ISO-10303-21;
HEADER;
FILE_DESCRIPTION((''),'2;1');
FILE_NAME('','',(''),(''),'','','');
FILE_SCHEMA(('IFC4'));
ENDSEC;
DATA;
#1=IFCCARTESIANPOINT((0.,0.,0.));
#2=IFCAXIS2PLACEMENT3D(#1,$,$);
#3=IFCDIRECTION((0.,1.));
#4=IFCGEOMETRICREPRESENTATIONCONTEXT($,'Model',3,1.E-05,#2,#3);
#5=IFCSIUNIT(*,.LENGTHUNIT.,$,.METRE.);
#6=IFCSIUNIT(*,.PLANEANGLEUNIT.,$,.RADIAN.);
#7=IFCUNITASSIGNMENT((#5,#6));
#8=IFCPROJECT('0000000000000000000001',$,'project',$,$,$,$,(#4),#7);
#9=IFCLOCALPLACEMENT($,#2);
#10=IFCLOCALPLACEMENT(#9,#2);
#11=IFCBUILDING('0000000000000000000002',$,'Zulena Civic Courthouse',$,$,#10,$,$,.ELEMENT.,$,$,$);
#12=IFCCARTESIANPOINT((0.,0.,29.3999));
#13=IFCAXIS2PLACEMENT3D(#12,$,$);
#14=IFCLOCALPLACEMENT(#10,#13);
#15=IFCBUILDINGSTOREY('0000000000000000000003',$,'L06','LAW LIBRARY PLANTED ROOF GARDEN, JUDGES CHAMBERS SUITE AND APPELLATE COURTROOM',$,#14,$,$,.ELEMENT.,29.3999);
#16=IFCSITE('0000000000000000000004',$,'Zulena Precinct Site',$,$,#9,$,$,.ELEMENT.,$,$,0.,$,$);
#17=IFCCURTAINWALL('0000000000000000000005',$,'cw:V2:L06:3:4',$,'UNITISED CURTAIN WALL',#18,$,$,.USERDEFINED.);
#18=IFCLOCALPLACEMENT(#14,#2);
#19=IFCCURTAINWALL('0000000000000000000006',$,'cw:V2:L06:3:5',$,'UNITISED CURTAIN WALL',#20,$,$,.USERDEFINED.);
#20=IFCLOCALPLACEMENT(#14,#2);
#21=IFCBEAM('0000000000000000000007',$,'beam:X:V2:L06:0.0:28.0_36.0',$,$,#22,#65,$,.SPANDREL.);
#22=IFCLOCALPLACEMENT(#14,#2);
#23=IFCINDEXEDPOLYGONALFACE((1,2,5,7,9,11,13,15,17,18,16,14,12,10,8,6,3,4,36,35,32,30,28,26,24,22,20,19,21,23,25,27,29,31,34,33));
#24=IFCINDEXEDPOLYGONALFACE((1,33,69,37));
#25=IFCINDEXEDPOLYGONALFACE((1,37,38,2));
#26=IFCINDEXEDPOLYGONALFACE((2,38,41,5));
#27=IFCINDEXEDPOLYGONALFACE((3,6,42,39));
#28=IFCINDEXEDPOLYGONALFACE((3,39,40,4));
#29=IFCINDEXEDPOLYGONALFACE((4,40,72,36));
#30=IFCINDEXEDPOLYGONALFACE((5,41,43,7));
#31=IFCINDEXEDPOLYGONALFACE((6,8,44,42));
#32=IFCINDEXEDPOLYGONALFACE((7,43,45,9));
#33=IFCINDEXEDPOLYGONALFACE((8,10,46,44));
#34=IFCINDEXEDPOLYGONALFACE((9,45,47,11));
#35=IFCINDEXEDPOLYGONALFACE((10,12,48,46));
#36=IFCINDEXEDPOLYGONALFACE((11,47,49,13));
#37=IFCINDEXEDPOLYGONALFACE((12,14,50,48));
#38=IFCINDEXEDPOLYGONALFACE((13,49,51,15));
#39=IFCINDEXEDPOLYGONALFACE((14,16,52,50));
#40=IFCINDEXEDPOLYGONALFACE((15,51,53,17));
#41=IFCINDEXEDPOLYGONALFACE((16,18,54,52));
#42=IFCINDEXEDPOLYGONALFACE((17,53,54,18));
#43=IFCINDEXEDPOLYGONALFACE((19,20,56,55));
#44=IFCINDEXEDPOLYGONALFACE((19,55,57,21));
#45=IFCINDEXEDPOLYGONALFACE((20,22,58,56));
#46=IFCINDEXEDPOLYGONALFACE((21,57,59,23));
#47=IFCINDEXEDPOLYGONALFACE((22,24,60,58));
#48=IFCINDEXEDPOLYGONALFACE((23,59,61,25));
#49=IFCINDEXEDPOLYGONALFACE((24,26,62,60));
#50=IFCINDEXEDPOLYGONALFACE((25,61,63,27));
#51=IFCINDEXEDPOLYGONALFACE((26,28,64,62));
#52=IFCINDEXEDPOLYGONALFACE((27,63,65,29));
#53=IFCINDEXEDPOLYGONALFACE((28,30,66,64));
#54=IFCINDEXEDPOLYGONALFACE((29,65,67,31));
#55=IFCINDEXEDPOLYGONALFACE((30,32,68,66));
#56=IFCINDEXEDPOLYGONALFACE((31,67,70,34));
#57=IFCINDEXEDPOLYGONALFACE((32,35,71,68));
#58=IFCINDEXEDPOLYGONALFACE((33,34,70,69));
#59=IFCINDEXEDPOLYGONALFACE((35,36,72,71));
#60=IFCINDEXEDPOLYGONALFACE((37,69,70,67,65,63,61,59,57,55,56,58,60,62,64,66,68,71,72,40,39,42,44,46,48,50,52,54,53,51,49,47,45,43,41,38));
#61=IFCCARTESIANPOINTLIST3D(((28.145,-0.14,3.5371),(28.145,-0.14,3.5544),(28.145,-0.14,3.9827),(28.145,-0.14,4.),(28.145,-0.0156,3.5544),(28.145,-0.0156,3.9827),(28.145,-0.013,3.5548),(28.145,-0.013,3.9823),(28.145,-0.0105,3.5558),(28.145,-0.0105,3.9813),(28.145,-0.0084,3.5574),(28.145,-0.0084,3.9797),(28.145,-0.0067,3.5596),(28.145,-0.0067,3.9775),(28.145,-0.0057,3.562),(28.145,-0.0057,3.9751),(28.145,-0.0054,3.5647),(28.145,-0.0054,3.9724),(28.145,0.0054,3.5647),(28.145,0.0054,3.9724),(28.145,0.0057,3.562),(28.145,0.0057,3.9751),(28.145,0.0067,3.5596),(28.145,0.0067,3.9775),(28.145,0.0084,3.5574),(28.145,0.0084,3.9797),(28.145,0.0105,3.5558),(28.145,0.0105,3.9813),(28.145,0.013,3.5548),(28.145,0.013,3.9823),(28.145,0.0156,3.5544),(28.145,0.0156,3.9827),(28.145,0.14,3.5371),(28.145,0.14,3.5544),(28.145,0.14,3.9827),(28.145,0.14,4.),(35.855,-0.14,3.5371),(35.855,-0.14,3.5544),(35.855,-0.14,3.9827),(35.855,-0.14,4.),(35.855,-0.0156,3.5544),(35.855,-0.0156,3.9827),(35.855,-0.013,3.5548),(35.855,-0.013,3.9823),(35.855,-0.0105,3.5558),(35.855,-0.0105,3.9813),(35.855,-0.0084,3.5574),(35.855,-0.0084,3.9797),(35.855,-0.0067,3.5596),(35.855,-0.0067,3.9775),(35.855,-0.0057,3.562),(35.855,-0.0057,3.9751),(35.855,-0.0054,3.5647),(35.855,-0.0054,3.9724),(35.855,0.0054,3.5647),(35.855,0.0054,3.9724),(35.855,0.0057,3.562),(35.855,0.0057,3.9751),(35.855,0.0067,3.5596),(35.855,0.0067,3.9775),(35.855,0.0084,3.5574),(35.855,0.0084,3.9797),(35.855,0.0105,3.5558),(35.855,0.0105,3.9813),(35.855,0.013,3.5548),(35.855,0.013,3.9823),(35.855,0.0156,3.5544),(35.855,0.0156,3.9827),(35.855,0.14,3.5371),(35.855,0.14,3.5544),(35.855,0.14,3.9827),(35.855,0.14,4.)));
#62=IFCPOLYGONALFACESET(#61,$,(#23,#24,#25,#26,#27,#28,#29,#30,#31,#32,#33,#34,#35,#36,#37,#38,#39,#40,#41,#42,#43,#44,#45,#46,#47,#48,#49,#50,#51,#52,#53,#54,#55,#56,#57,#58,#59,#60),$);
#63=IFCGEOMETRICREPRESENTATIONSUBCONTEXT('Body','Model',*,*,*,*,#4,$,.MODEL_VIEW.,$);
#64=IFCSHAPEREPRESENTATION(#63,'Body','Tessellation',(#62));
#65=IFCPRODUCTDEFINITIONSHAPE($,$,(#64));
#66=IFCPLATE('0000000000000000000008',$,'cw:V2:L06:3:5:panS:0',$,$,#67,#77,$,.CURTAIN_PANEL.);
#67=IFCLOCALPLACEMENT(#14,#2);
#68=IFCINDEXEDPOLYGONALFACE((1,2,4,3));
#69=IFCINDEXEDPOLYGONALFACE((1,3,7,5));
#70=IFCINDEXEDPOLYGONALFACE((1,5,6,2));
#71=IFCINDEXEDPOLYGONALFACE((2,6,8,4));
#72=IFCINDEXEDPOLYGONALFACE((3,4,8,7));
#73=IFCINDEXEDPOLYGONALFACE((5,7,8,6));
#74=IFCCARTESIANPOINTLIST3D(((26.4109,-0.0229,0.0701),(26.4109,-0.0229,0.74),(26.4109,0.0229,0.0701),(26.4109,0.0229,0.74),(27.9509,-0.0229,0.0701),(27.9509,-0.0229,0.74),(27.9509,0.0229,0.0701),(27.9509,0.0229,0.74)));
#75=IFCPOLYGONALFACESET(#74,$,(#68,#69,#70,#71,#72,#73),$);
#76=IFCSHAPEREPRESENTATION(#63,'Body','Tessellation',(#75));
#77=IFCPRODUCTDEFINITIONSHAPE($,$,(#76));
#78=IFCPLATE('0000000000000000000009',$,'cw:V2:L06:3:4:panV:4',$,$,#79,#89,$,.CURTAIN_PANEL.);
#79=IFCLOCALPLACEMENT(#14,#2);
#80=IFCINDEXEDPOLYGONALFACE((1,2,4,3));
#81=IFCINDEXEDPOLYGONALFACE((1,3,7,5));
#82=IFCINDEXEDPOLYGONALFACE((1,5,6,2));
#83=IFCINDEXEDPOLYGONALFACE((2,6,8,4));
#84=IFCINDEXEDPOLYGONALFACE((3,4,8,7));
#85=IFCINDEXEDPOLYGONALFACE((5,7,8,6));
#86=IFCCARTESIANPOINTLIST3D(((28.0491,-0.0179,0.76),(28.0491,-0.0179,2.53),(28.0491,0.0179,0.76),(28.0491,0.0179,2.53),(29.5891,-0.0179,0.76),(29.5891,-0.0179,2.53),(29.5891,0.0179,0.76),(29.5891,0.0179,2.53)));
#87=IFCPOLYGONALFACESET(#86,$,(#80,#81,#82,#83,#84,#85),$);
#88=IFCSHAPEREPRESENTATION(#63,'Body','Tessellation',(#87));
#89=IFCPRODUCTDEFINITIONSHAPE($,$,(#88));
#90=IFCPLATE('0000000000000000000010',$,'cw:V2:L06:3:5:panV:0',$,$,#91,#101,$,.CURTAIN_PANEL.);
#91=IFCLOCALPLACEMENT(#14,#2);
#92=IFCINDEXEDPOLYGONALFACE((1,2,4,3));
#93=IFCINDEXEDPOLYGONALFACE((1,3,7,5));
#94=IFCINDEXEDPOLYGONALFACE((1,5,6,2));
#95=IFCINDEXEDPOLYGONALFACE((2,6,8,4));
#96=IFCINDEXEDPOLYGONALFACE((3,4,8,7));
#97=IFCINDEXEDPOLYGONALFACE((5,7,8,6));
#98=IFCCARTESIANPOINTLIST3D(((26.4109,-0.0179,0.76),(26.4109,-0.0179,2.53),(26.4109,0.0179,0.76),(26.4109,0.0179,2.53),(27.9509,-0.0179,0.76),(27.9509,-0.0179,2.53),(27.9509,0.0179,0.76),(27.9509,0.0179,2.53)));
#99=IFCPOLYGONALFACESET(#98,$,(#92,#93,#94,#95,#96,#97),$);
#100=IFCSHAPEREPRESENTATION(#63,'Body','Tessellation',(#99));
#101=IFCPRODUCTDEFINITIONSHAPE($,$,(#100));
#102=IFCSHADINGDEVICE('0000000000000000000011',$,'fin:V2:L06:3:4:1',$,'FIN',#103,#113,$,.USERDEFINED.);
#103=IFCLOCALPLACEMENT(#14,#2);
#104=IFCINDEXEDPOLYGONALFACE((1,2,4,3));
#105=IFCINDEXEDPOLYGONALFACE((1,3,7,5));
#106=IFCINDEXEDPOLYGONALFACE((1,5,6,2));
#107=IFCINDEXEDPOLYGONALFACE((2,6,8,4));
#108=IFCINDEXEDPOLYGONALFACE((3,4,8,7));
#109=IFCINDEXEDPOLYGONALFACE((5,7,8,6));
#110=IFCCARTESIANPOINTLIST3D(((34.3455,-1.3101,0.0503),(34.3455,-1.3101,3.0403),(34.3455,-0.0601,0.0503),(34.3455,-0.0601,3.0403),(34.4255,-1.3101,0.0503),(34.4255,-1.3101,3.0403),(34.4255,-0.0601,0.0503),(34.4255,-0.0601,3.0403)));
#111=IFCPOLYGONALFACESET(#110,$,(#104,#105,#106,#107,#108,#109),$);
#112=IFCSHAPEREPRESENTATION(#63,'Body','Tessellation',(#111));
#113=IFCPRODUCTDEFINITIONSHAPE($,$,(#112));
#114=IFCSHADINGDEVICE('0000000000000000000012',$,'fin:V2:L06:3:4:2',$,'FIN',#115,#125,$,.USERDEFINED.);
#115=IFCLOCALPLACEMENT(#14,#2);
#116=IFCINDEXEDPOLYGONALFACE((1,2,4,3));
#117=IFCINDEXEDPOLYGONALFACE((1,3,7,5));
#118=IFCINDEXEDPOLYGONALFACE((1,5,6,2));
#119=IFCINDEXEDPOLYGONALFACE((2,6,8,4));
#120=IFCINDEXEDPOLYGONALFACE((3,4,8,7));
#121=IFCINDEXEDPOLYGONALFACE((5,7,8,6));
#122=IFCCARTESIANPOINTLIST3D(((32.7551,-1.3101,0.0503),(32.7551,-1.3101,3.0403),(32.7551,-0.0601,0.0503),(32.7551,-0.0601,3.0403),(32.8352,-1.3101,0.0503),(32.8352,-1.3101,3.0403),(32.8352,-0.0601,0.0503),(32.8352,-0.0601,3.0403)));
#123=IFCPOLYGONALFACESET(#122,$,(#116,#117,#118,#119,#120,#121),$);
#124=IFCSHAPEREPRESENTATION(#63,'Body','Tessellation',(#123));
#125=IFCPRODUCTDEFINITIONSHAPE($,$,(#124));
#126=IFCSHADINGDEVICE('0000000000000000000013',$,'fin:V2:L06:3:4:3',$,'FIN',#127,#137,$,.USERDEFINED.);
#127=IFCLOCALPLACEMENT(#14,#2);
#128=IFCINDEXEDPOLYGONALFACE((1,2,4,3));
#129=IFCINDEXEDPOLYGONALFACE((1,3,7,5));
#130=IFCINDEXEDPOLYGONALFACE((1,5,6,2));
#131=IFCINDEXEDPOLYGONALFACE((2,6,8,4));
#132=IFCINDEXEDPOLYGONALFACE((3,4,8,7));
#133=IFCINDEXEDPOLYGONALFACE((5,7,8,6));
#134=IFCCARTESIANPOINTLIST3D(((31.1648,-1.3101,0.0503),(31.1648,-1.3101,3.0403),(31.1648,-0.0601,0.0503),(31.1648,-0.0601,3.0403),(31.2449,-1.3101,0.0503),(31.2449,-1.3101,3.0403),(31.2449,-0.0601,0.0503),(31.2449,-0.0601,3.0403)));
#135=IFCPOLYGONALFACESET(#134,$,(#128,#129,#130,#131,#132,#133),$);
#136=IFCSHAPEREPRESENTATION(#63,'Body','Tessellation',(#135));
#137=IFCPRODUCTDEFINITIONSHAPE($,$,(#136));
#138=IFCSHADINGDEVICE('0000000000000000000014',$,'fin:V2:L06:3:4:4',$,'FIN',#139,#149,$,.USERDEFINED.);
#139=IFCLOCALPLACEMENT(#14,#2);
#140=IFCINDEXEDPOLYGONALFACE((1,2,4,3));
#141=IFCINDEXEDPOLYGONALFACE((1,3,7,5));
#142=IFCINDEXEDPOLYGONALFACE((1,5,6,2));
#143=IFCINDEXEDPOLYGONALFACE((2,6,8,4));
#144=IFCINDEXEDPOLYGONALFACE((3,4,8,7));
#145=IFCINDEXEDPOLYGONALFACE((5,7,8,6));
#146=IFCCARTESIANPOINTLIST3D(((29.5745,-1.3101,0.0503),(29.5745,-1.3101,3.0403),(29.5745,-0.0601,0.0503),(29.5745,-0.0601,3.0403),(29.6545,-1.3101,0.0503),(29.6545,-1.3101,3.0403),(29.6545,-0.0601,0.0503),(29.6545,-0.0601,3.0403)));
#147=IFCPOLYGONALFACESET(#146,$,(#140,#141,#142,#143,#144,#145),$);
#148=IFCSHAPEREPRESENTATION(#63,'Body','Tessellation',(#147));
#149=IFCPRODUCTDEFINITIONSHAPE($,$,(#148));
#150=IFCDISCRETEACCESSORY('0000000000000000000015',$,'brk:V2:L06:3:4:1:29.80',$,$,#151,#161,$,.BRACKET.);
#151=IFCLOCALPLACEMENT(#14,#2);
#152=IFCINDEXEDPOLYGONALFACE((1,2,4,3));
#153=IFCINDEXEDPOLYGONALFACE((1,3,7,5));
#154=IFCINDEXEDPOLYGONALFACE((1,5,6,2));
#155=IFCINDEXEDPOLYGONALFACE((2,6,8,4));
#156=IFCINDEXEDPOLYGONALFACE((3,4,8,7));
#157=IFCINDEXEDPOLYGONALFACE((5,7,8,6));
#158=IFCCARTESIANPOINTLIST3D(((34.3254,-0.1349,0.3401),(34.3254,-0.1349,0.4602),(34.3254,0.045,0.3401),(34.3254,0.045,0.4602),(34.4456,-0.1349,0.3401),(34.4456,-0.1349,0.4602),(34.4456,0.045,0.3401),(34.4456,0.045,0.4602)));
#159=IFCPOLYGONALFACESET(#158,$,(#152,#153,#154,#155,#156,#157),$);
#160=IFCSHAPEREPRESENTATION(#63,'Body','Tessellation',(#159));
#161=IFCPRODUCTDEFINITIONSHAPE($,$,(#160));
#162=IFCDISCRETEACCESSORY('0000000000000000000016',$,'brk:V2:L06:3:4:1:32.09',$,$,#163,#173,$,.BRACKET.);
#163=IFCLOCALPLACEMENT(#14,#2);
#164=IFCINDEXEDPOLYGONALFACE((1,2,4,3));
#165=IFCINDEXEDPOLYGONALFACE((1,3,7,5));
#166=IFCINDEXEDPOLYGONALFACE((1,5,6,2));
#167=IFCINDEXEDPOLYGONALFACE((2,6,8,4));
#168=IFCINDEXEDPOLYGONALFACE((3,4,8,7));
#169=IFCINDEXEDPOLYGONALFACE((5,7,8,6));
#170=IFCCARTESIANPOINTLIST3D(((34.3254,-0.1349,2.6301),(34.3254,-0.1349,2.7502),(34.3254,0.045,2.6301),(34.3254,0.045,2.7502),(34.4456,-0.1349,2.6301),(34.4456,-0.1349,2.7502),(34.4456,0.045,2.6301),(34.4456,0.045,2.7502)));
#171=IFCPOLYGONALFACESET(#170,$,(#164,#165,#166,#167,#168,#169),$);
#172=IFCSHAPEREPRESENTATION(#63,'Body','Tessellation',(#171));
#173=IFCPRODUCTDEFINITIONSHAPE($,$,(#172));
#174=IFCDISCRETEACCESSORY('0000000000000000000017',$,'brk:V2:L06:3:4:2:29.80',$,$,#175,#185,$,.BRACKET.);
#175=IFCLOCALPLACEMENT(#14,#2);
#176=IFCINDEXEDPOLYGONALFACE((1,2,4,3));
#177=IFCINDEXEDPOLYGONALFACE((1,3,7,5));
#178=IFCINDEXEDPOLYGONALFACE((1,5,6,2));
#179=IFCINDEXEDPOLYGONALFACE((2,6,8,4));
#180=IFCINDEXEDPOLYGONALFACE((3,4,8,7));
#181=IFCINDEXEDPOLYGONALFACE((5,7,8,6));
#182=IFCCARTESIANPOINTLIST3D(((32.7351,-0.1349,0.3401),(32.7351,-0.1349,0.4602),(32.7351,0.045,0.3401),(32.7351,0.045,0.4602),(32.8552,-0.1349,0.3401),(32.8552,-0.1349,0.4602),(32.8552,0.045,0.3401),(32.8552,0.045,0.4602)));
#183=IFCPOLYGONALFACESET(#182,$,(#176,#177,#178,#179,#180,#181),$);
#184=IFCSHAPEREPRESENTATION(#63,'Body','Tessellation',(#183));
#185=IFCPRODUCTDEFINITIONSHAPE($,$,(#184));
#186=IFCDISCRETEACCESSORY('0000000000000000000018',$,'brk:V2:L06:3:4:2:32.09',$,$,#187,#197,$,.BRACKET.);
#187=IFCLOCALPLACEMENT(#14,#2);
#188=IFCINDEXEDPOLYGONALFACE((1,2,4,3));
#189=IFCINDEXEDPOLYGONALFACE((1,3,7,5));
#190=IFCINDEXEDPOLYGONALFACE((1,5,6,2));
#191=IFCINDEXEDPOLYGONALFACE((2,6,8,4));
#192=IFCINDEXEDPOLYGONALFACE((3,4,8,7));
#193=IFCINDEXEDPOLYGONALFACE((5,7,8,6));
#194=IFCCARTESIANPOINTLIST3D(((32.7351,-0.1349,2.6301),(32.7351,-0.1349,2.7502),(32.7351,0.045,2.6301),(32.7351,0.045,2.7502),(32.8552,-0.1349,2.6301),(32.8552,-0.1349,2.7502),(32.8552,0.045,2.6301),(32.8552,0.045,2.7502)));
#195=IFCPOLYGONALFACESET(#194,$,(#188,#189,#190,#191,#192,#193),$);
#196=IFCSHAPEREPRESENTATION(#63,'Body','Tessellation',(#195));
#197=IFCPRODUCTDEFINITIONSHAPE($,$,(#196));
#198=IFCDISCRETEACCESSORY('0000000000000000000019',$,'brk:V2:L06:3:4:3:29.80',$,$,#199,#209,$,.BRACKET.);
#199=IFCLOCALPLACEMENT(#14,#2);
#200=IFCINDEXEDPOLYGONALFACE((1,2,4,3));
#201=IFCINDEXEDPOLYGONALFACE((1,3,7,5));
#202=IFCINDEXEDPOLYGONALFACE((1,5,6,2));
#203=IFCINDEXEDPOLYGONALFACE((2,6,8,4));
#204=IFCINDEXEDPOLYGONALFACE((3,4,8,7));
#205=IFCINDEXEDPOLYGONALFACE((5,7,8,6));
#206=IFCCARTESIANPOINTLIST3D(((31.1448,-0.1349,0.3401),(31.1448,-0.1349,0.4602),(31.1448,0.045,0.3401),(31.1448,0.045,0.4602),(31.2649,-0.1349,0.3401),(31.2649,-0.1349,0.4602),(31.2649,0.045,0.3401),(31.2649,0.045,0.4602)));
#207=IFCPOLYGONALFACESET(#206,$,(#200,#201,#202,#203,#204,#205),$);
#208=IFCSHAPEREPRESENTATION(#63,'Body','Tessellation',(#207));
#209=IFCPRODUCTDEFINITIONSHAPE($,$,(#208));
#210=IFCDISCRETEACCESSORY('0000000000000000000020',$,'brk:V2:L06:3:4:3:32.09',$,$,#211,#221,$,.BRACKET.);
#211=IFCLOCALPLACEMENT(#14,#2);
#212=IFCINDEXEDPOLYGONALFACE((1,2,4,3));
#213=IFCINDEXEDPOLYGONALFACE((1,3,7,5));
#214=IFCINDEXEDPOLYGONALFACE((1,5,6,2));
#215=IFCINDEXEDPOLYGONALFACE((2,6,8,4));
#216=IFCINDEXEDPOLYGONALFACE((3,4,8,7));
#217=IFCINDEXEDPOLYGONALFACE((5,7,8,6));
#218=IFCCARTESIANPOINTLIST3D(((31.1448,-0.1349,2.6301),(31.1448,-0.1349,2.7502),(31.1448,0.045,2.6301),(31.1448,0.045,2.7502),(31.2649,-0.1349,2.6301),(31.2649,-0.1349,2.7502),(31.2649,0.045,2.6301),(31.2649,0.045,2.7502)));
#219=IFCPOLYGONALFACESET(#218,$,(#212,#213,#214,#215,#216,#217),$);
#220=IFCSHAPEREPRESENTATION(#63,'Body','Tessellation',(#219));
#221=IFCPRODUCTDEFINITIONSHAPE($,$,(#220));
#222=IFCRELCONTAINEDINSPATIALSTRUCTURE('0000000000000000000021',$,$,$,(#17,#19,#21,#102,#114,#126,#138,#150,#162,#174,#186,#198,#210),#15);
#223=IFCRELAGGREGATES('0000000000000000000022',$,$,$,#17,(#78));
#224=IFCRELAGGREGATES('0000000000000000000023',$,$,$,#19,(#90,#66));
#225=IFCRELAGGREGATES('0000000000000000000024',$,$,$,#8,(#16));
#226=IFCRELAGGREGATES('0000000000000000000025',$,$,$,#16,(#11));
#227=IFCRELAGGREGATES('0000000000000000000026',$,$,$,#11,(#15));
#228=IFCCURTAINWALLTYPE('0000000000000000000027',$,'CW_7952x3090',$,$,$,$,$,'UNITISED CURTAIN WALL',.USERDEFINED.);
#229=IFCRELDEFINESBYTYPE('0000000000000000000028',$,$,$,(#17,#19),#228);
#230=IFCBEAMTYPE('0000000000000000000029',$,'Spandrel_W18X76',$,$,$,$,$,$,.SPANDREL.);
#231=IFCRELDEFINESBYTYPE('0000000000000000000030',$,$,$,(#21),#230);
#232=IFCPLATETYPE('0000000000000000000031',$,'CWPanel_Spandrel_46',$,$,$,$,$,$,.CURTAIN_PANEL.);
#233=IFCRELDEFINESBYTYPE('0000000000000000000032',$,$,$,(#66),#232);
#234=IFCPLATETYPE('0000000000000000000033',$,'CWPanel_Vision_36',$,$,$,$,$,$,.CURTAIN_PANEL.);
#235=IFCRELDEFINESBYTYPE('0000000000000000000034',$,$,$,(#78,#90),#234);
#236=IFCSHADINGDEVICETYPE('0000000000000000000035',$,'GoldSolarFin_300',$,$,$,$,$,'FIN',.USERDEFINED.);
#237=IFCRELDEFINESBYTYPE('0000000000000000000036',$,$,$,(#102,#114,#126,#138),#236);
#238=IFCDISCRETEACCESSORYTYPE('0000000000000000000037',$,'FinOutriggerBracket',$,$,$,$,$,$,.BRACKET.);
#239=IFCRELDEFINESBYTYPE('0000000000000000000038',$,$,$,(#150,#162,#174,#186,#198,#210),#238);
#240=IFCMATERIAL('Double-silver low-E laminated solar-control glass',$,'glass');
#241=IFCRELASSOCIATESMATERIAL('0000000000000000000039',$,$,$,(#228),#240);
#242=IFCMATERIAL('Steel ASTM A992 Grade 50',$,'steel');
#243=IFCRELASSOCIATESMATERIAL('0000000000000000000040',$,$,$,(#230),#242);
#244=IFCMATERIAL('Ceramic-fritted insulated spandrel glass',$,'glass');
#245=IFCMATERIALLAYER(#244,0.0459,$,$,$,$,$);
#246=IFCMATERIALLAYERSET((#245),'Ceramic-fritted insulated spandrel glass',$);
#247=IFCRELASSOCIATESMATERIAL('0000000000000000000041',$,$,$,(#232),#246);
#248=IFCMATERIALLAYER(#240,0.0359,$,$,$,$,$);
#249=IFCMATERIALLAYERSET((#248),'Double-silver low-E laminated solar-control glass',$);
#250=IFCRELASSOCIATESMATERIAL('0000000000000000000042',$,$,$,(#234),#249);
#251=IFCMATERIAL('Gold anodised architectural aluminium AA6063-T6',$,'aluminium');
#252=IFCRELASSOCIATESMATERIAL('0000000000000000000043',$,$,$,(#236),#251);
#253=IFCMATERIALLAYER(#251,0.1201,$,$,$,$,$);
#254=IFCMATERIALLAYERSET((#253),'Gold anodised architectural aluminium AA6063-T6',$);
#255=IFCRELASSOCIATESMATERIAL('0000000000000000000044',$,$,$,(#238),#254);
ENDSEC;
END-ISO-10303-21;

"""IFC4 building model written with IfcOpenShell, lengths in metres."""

from ifc_helpers import new_model, si_unit, direction, frame, origin, origin_2d, place, context, subcontext, project, spatial, rectangle, i_section, extrude, material, layer, layer_set, material_profile, profile_set, type_object, element, aggregate, save


model = new_model("IFC4")

# Units and contexts
model_context = context("Model", 3, precision=1e-05, world=origin(), true_north=direction((0.0, 1.0)))
body_context = subcontext(model_context, "Body", "Model", "MODEL_VIEW")
ifc_project = project(units=[si_unit("LENGTHUNIT", "METRE"), si_unit("PLANEANGLEUNIT", "RADIAN")], contexts=[model_context])

# Site, building, storey
site_placement = place(None, origin())
site = spatial("IfcSite", under=ifc_project, at=site_placement, Name="Zulena Precinct Site", CompositionType="ELEMENT", RefElevation=0.0)
building_placement = place(site_placement, origin())
building = spatial("IfcBuilding", under=site, at=building_placement, Name="Zulena Civic Courthouse", CompositionType="ELEMENT")
storey_placement = place(building_placement, frame((0.0, 0.0, 29.3999)))
storey = spatial("IfcBuildingStorey", under=building, at=storey_placement, Name="L06", Description="LAW LIBRARY PLANTED ROOF GARDEN, JUDGES CHAMBERS SUITE AND APPELLATE COURTROOM", CompositionType="ELEMENT", Elevation=29.3999)

# Shared definitions
ifc_material_1 = material(Name="Steel ASTM A992 Grade 50", Category="steel")

# Curtain wall
ifc_material_2 = material(Name="Double-silver low-E laminated solar-control glass", Category="glass")
curtain_wall_type = type_object("IfcCurtainWallType", Name="CW_7952x3090", ElementType="UNITISED CURTAIN WALL", PredefinedType="USERDEFINED", material=ifc_material_2)
curtain_wall_1_placement = place(storey_placement, origin())
curtain_wall_1 = element("IfcCurtainWall", 1, at=curtain_wall_1_placement, inside=storey, type_object=curtain_wall_type, Name="cw:V2:L06:3:4", ObjectType="UNITISED CURTAIN WALL", PredefinedType="USERDEFINED")

# Curtain wall
curtain_wall_2_placement = place(storey_placement, origin())
curtain_wall_2 = element("IfcCurtainWall", 2, at=curtain_wall_2_placement, inside=storey, type_object=curtain_wall_type, Name="cw:V2:L06:3:5", ObjectType="UNITISED CURTAIN WALL", PredefinedType="USERDEFINED")

# Beam
ifc_material_profile_1 = material_profile(ifc_material_1, i_section(OverallWidth=0.28, OverallDepth=0.4629, WebThickness=0.0107, FlangeThickness=0.0173, FilletRadius=0.0103, at=origin_2d()), Name="W18X76")
ifc_profile_set_1 = profile_set([ifc_material_profile_1], Name="Steel ASTM A992 Grade 50")
beam_type = type_object("IfcBeamType", Name="Spandrel_W18X76", PredefinedType="SPANDREL", material=ifc_profile_set_1)
beam_placement = place(storey_placement, frame((28.145, 0.0, 3.7686), z_axis=(1.0, 0.0, 0.0), x_axis=(0.0, 1.0, 0.0)))
element("IfcBeam", 3, at=beam_placement, inside=storey, type_object=beam_type, Name="beam:X:V2:L06:0.0:28.0_36.0", PredefinedType="SPANDREL", context=body_context, shape_type="SweptSolid", body=[
    extrude(i_section(OverallWidth=0.28, OverallDepth=0.4629, WebThickness=0.0107, FlangeThickness=0.0173, FilletRadius=0.0103, at=origin_2d()), origin(), (0.0, 0.0, 1.0), 7.71),
])

# Plates
ifc_material_3 = material(Name="Ceramic-fritted insulated spandrel glass", Category="glass")
ifc_layer_1 = layer(ifc_material_3, 0.0459)
ifc_layer_set_1 = layer_set([ifc_layer_1], Name="Ceramic-fritted insulated spandrel glass")
plate_type_1 = type_object("IfcPlateType", Name="CWPanel_Spandrel_46", PredefinedType="CURTAIN_PANEL", material=ifc_layer_set_1)
plate_1_placement = place(storey_placement, frame((27.1809, 0.0, 0.0701), z_axis=(0.0, 0.0, 1.0), x_axis=(-1.0, 0.0, 0.0)))
plate_1 = element("IfcPlate", 4, at=plate_1_placement, type_object=plate_type_1, Name="cw:V2:L06:3:5:panS:0", PredefinedType="CURTAIN_PANEL", context=body_context, shape_type="SweptSolid", body=[
    extrude(rectangle(XDim=1.54, YDim=0.0459, at=origin_2d()), origin(), (0.0, 0.0, 1.0), 0.6699),
])
ifc_layer_2 = layer(ifc_material_2, 0.0359)
ifc_layer_set_2 = layer_set([ifc_layer_2], Name="Double-silver low-E laminated solar-control glass")
plate_type_2 = type_object("IfcPlateType", Name="CWPanel_Vision_36", PredefinedType="CURTAIN_PANEL", material=ifc_layer_set_2)
plate_2_placement = place(storey_placement, frame((28.8191, 0.0, 0.76), z_axis=(0.0, 0.0, 1.0), x_axis=(-1.0, 0.0, 0.0)))
plate_2 = element("IfcPlate", 5, at=plate_2_placement, type_object=plate_type_2, Name="cw:V2:L06:3:4:panV:4", PredefinedType="CURTAIN_PANEL", context=body_context, shape_type="SweptSolid", body=[
    extrude(rectangle(XDim=1.54, YDim=0.0359, at=origin_2d()), origin(), (0.0, 0.0, 1.0), 1.77),
])
aggregate(curtain_wall_1, [plate_2])
plate_3_placement = place(storey_placement, frame((27.1809, 0.0, 0.76), z_axis=(0.0, 0.0, 1.0), x_axis=(-1.0, 0.0, 0.0)))
plate_3 = element("IfcPlate", 6, at=plate_3_placement, type_object=plate_type_2, Name="cw:V2:L06:3:5:panV:0", PredefinedType="CURTAIN_PANEL", context=body_context, shape_type="SweptSolid", body=[
    extrude(rectangle(XDim=1.54, YDim=0.0359, at=origin_2d()), origin(), (0.0, 0.0, 1.0), 1.77),
])
aggregate(curtain_wall_2, [plate_3, plate_1])

# Shading devices
ifc_material_4 = material(Name="Gold anodised architectural aluminium AA6063-T6", Category="aluminium")
shading_device_type = type_object("IfcShadingDeviceType", Name="GoldSolarFin_300", ElementType="FIN", PredefinedType="USERDEFINED", material=ifc_material_4)
for number, where, z_axis, x_axis, name in (
    (7, (34.3855, -0.6851, 0.0503), (0.0, 0.0, 1.0), (0.0, -1.0, 0.0), "fin:V2:L06:3:4:1"),
    (8, (32.7952, -0.6851, 0.0503), (0.0, 0.0, 1.0), (0.0, -1.0, 0.0), "fin:V2:L06:3:4:2"),
    (9, (31.2048, -0.6851, 0.0503), (0.0, 0.0, 1.0), (0.0, -1.0, 0.0), "fin:V2:L06:3:4:3"),
    (10, (29.6145, -0.6851, 0.0503), (0.0, 0.0, 1.0), (0.0, -1.0, 0.0), "fin:V2:L06:3:4:4"),
):
    element("IfcShadingDevice", number, at=place(storey_placement, frame(where, z_axis=z_axis, x_axis=x_axis)), inside=storey, type_object=shading_device_type, Name=name, ObjectType="FIN", PredefinedType="USERDEFINED", context=body_context, shape_type="SweptSolid", body=[
        extrude(rectangle(XDim=1.25, YDim=0.0801, at=origin_2d()), origin(), (0.0, 0.0, 1.0), 2.99),
    ])

# Discrete accessories
ifc_layer_3 = layer(ifc_material_4, 0.1201)
ifc_layer_set_3 = layer_set([ifc_layer_3], Name="Gold anodised architectural aluminium AA6063-T6")
discrete_accessory_type = type_object("IfcDiscreteAccessoryType", Name="FinOutriggerBracket", PredefinedType="BRACKET", material=ifc_layer_set_3)
for number, where, z_axis, x_axis, name in (
    (11, (34.3855, -0.0449, 0.3401), (0.0, 0.0, 1.0), (0.0, -1.0, 0.0), "brk:V2:L06:3:4:1:29.80"),
    (12, (34.3855, -0.0449, 2.6301), (0.0, 0.0, 1.0), (0.0, -1.0, 0.0), "brk:V2:L06:3:4:1:32.09"),
    (13, (32.7952, -0.0449, 0.3401), (0.0, 0.0, 1.0), (0.0, -1.0, 0.0), "brk:V2:L06:3:4:2:29.80"),
    (14, (32.7952, -0.0449, 2.6301), (0.0, 0.0, 1.0), (0.0, -1.0, 0.0), "brk:V2:L06:3:4:2:32.09"),
    (15, (31.2048, -0.0449, 0.3401), (0.0, 0.0, 1.0), (0.0, -1.0, 0.0), "brk:V2:L06:3:4:3:29.80"),
    (16, (31.2048, -0.0449, 2.6301), (0.0, 0.0, 1.0), (0.0, -1.0, 0.0), "brk:V2:L06:3:4:3:32.09"),
):
    element("IfcDiscreteAccessory", number, at=place(storey_placement, frame(where, z_axis=z_axis, x_axis=x_axis)), inside=storey, type_object=discrete_accessory_type, Name=name, PredefinedType="BRACKET", context=body_context, shape_type="SweptSolid", body=[
        extrude(rectangle(XDim=0.1799, YDim=0.1201, at=origin_2d()), origin(), (0.0, 0.0, 1.0), 0.1201),
    ])

save(model, "model.ifc")
